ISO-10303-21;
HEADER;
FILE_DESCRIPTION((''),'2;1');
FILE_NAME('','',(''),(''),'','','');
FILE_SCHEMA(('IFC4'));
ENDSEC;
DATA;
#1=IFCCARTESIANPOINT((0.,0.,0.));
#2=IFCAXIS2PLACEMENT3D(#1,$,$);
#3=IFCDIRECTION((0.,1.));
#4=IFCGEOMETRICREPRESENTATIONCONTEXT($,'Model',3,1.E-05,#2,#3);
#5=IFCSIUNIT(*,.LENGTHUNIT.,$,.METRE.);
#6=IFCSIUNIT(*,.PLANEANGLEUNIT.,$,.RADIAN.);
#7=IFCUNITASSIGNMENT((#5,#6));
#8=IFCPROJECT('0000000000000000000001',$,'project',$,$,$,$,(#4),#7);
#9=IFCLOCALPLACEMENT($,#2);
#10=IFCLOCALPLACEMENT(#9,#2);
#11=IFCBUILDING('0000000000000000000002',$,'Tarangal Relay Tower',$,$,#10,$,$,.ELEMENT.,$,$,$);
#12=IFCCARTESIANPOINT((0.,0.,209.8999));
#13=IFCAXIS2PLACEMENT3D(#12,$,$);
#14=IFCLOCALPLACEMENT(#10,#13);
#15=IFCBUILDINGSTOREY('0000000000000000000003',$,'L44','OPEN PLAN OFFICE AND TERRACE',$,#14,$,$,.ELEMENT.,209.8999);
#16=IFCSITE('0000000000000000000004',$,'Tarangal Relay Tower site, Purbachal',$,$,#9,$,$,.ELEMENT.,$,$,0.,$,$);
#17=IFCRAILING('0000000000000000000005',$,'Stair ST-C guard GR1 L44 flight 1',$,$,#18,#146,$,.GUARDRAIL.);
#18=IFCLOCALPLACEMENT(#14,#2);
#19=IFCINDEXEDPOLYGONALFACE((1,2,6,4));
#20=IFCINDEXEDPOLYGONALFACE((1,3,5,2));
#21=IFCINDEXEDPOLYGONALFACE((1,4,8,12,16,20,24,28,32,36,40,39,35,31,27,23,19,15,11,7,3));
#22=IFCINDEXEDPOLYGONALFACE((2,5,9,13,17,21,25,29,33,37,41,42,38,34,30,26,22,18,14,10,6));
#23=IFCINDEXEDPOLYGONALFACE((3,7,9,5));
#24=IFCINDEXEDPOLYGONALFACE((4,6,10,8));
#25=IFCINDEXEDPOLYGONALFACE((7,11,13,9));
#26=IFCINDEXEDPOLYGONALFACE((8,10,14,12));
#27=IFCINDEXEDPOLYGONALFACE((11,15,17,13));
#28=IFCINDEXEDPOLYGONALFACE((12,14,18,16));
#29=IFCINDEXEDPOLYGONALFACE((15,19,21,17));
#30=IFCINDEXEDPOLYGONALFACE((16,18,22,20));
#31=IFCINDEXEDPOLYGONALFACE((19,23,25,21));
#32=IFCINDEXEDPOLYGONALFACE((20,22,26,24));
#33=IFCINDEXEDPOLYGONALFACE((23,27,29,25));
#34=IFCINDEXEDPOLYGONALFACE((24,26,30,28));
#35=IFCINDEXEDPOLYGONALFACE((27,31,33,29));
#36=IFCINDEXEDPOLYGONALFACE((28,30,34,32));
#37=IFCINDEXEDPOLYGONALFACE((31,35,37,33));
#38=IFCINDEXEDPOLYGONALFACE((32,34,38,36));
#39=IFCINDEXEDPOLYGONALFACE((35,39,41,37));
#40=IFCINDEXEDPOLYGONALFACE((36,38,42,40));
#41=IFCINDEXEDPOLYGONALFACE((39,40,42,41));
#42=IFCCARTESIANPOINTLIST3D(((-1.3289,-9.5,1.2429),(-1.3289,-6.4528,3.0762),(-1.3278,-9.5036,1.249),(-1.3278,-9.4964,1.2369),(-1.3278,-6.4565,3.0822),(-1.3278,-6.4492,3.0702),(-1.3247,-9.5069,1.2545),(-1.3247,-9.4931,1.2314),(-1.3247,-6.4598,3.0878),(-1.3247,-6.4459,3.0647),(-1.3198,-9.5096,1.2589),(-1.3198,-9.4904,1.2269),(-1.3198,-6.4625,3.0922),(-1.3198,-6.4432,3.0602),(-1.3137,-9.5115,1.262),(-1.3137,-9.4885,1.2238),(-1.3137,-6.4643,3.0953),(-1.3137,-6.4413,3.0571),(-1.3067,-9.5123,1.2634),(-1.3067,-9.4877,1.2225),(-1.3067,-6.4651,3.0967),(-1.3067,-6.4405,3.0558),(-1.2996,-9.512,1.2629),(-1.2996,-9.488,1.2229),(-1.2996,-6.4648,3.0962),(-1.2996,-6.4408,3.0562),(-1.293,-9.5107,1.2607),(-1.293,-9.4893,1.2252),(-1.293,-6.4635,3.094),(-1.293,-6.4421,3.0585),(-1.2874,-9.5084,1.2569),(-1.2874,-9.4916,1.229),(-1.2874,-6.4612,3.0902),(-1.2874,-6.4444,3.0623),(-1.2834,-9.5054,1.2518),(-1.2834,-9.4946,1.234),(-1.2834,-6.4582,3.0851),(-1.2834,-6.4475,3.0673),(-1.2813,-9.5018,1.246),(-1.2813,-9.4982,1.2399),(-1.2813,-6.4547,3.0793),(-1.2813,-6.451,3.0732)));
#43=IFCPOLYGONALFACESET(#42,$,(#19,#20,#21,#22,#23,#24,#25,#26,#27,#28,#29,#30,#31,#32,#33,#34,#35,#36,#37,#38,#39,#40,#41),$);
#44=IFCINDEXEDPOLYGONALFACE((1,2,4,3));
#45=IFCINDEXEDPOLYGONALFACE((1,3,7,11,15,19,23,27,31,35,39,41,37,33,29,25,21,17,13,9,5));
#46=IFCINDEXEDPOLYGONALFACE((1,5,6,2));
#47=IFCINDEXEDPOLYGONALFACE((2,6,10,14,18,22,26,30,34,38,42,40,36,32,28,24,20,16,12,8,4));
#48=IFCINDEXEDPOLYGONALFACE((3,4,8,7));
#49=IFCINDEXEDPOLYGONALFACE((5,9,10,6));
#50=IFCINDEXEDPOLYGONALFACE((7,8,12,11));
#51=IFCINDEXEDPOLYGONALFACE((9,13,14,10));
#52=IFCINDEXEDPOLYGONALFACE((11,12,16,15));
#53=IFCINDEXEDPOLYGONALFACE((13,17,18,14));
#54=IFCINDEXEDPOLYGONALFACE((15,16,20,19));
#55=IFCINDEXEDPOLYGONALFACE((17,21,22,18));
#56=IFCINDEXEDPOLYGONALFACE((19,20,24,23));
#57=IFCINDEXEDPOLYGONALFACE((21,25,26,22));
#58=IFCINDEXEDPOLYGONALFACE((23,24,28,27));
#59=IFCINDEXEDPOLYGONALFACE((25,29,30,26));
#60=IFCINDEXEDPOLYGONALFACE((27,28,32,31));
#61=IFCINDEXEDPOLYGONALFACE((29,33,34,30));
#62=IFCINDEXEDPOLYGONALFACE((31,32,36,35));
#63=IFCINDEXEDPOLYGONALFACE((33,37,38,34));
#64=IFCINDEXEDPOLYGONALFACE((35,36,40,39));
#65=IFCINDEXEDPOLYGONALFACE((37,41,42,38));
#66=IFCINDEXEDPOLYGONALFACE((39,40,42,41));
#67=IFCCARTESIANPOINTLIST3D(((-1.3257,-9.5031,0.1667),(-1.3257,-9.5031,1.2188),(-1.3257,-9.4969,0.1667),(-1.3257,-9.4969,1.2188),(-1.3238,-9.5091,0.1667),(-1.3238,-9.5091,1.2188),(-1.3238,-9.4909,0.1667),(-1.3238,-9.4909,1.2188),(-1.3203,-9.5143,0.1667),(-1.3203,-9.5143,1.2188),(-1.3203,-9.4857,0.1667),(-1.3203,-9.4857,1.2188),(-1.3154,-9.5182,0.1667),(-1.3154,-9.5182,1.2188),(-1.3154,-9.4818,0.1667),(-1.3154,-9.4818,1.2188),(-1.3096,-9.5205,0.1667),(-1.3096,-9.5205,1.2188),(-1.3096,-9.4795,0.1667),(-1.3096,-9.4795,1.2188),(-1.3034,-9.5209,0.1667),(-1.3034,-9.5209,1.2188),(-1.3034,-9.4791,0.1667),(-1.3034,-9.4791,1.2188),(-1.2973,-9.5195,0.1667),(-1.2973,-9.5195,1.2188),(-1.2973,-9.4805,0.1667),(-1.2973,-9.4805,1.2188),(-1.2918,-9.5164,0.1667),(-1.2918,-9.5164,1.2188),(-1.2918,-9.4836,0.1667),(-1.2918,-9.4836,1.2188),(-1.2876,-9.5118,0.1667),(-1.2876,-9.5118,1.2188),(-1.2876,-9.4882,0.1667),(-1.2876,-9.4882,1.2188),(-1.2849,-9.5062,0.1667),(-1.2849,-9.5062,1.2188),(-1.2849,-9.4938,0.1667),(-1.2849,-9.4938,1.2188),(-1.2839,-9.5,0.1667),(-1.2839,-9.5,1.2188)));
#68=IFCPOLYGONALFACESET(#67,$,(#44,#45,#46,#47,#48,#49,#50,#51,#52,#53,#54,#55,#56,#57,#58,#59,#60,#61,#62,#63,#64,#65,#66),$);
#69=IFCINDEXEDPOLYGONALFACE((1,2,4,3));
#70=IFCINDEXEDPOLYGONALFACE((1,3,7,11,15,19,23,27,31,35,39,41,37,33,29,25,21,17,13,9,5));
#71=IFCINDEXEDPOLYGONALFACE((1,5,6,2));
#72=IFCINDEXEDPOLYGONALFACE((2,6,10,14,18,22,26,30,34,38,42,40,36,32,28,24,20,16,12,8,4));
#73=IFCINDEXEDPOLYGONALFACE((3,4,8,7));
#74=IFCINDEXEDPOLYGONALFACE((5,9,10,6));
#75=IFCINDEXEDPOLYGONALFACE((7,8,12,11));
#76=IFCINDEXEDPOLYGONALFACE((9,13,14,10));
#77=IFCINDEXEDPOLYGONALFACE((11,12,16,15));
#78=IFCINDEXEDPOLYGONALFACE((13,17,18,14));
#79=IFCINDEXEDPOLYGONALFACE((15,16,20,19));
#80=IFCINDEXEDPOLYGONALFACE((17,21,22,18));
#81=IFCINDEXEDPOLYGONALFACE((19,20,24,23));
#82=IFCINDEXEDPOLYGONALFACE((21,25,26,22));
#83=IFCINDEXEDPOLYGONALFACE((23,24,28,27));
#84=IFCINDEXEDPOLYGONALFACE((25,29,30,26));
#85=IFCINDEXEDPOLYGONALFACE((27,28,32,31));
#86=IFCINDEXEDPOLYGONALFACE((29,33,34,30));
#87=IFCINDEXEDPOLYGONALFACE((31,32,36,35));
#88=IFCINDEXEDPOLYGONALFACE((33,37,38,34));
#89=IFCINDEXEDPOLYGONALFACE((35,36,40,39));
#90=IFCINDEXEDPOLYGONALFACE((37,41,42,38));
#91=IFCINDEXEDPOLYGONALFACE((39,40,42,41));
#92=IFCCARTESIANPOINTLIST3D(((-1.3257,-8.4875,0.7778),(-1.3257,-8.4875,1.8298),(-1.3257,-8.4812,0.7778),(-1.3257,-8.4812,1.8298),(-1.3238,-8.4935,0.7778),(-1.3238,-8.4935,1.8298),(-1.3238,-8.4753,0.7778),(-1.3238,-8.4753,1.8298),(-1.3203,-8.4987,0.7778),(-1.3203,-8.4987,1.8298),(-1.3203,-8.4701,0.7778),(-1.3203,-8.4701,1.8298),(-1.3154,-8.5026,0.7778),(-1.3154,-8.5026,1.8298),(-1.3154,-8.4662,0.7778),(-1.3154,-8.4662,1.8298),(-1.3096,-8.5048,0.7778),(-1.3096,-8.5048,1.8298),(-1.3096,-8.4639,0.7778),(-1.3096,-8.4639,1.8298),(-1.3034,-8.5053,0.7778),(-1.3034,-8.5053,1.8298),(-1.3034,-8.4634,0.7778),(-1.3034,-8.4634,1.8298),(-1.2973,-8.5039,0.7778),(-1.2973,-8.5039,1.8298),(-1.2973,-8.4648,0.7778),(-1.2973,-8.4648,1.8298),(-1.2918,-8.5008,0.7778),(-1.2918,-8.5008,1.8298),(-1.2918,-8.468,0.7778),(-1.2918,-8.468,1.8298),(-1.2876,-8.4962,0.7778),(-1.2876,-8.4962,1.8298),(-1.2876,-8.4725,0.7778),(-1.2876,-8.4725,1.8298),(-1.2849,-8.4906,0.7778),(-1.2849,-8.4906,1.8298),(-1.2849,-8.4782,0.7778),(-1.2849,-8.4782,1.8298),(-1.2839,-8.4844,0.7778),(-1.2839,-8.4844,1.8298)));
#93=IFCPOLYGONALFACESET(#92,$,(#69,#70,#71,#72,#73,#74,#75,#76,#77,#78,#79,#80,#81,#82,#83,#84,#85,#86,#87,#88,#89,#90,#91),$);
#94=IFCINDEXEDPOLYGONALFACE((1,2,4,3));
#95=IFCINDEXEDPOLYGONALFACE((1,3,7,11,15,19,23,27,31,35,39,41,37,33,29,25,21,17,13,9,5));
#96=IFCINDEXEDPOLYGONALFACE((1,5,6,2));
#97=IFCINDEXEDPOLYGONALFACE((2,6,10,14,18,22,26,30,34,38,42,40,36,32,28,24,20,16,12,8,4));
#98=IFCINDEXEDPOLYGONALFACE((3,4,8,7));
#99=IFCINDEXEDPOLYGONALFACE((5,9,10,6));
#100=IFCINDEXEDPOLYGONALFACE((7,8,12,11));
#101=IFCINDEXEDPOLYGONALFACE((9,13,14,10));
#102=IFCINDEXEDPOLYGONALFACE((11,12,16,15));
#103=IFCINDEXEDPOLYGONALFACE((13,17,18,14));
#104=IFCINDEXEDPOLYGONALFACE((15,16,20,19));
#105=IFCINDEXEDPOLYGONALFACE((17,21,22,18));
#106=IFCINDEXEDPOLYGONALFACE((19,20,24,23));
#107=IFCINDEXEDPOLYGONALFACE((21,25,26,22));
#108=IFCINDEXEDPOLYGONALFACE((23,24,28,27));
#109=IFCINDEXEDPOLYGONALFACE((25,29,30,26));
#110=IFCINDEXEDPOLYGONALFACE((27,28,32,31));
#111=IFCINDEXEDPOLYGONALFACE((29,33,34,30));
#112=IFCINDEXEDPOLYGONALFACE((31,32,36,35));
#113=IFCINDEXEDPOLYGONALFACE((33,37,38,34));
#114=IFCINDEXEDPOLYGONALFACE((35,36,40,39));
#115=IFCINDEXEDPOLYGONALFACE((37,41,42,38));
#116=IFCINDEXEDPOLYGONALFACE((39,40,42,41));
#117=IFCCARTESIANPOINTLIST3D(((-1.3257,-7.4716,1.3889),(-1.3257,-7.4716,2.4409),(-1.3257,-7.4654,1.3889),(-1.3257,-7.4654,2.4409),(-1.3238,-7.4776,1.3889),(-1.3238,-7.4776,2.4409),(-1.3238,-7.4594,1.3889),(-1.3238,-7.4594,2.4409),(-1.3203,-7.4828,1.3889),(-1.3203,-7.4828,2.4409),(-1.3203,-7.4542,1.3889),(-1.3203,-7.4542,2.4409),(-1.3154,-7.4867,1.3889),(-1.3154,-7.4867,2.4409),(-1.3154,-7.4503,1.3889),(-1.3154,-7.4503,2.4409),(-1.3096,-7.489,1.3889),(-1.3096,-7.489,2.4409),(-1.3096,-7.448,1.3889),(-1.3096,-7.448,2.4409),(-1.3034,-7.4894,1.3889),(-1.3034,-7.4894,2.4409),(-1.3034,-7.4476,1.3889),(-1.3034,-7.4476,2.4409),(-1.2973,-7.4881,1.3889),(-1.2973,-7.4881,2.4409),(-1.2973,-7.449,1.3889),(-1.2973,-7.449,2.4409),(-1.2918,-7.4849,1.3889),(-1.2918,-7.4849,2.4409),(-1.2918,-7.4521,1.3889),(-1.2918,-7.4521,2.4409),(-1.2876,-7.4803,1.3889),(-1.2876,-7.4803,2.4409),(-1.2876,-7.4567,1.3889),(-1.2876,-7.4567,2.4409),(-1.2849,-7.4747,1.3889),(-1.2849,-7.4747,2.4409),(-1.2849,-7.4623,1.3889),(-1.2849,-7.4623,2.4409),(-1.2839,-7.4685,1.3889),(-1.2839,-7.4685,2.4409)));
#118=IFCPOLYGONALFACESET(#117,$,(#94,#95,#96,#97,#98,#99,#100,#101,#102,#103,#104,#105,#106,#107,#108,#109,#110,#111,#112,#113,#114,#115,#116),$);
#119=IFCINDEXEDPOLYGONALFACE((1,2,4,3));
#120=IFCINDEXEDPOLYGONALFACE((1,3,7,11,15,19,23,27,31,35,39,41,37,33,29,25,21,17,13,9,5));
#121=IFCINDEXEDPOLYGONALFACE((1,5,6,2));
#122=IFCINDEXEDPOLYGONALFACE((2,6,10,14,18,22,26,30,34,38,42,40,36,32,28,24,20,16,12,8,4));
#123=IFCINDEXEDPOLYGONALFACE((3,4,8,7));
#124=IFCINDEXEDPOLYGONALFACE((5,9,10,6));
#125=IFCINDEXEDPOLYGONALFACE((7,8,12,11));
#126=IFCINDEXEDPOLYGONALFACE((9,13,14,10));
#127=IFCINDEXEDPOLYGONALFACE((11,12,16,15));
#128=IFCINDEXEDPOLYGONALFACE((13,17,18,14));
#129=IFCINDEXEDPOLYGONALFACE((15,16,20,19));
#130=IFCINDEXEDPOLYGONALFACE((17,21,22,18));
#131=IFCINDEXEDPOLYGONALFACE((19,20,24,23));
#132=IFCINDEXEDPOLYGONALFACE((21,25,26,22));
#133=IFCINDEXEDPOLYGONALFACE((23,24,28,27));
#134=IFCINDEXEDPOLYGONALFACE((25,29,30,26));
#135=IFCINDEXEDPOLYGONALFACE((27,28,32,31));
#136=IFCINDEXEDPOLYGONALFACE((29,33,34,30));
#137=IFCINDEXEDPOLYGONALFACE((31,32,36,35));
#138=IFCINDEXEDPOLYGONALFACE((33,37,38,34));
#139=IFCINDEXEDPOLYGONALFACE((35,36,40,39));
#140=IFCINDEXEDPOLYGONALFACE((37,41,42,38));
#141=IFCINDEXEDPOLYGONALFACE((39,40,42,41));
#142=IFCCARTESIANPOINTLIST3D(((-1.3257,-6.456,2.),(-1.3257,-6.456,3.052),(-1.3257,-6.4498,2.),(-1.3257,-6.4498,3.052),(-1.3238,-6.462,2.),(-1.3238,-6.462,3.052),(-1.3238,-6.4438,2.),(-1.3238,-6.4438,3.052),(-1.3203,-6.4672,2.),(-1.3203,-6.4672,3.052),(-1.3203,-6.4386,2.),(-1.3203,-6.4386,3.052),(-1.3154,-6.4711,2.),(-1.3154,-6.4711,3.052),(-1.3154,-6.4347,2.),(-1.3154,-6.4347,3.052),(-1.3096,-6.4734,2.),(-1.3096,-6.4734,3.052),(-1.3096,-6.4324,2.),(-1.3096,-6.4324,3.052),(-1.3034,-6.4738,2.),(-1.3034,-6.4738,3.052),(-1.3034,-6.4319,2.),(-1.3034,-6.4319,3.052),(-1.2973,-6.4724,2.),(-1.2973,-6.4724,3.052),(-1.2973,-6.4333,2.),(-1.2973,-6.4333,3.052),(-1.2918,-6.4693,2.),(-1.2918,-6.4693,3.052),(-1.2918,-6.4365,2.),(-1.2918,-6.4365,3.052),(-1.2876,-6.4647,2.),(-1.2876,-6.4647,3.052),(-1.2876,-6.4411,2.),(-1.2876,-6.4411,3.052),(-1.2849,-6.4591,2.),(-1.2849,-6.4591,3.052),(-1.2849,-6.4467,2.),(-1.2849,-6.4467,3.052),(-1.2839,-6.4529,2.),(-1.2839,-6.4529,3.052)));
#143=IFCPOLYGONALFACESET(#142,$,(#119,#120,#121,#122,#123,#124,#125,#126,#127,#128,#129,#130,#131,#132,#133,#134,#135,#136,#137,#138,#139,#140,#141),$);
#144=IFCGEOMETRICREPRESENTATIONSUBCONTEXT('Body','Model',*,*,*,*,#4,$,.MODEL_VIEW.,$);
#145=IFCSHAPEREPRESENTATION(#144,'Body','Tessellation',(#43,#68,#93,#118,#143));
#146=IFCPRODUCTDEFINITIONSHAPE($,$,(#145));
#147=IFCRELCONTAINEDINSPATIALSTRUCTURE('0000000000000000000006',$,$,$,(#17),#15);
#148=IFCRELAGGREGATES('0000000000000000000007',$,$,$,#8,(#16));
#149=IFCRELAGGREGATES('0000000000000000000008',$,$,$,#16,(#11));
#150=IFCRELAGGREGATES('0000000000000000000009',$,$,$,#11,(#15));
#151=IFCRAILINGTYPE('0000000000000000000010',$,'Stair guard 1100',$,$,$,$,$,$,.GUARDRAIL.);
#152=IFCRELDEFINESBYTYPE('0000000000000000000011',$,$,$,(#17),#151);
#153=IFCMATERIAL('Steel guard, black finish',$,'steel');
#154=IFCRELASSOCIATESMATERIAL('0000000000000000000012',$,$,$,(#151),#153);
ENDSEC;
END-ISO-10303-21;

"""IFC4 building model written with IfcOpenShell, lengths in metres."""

from ifc_helpers import new_model, si_unit, direction, frame, origin, origin_2d, place, context, subcontext, project, spatial, circle, extrude, material, type_object, element, save


model = new_model("IFC4")

# Units and contexts
model_context = context("Model", 3, precision=1e-05, world=origin(), true_north=direction((0.0, 1.0)))
body_context = subcontext(model_context, "Body", "Model", "MODEL_VIEW")
ifc_project = project(units=[si_unit("LENGTHUNIT", "METRE"), si_unit("PLANEANGLEUNIT", "RADIAN")], contexts=[model_context])

# Site, building, storey
site_placement = place(None, origin())
site = spatial("IfcSite", under=ifc_project, at=site_placement, Name="Tarangal Relay Tower site, Purbachal", CompositionType="ELEMENT", RefElevation=0.0)
building_placement = place(site_placement, origin())
building = spatial("IfcBuilding", under=site, at=building_placement, Name="Tarangal Relay Tower", CompositionType="ELEMENT")
storey_placement = place(building_placement, frame((0.0, 0.0, 209.8999)))
storey = spatial("IfcBuildingStorey", under=building, at=storey_placement, Name="L44", Description="OPEN PLAN OFFICE AND TERRACE", CompositionType="ELEMENT", Elevation=209.8999)

# Railing
ifc_material_1 = material(Name="Steel guard, black finish", Category="steel")
railing_type_1 = type_object("IfcRailingType", Name="Stair guard 1100", PredefinedType="GUARDRAIL", material=ifc_material_1)
railing_1_placement = place(storey_placement, frame((-1.3049, -9.5, 0.1667)))
element("IfcRailing", 1, at=railing_1_placement, inside=storey, type_object=railing_type_1, Name="Stair ST-C guard GR1 L44 flight 1", PredefinedType="GUARDRAIL", context=body_context, shape_type="SweptSolid", body=[
    extrude(circle(Radius=0.0239, at=origin_2d()), frame((0.0, 0.0, 1.0762), z_axis=(0.0, 0.856874, 0.515525), x_axis=(-1.0, 0.0, 0.0)), (0.0, 0.0, 1.0), 3.5562),
    extrude(circle(Radius=0.021, at=origin_2d()), origin(), (0.0, 0.0, 1.0), 1.052),
    extrude(circle(Radius=0.021, at=origin_2d()), frame((0.0, 1.0156, 0.6111)), (0.0, 0.0, 1.0), 1.052),
    extrude(circle(Radius=0.021, at=origin_2d()), frame((0.0, 2.0315, 1.2222)), (0.0, 0.0, 1.0), 1.052),
    extrude(circle(Radius=0.021, at=origin_2d()), frame((0.0, 3.0471, 1.8333)), (0.0, 0.0, 1.0), 1.052),
])

save(model, "model.ifc")
